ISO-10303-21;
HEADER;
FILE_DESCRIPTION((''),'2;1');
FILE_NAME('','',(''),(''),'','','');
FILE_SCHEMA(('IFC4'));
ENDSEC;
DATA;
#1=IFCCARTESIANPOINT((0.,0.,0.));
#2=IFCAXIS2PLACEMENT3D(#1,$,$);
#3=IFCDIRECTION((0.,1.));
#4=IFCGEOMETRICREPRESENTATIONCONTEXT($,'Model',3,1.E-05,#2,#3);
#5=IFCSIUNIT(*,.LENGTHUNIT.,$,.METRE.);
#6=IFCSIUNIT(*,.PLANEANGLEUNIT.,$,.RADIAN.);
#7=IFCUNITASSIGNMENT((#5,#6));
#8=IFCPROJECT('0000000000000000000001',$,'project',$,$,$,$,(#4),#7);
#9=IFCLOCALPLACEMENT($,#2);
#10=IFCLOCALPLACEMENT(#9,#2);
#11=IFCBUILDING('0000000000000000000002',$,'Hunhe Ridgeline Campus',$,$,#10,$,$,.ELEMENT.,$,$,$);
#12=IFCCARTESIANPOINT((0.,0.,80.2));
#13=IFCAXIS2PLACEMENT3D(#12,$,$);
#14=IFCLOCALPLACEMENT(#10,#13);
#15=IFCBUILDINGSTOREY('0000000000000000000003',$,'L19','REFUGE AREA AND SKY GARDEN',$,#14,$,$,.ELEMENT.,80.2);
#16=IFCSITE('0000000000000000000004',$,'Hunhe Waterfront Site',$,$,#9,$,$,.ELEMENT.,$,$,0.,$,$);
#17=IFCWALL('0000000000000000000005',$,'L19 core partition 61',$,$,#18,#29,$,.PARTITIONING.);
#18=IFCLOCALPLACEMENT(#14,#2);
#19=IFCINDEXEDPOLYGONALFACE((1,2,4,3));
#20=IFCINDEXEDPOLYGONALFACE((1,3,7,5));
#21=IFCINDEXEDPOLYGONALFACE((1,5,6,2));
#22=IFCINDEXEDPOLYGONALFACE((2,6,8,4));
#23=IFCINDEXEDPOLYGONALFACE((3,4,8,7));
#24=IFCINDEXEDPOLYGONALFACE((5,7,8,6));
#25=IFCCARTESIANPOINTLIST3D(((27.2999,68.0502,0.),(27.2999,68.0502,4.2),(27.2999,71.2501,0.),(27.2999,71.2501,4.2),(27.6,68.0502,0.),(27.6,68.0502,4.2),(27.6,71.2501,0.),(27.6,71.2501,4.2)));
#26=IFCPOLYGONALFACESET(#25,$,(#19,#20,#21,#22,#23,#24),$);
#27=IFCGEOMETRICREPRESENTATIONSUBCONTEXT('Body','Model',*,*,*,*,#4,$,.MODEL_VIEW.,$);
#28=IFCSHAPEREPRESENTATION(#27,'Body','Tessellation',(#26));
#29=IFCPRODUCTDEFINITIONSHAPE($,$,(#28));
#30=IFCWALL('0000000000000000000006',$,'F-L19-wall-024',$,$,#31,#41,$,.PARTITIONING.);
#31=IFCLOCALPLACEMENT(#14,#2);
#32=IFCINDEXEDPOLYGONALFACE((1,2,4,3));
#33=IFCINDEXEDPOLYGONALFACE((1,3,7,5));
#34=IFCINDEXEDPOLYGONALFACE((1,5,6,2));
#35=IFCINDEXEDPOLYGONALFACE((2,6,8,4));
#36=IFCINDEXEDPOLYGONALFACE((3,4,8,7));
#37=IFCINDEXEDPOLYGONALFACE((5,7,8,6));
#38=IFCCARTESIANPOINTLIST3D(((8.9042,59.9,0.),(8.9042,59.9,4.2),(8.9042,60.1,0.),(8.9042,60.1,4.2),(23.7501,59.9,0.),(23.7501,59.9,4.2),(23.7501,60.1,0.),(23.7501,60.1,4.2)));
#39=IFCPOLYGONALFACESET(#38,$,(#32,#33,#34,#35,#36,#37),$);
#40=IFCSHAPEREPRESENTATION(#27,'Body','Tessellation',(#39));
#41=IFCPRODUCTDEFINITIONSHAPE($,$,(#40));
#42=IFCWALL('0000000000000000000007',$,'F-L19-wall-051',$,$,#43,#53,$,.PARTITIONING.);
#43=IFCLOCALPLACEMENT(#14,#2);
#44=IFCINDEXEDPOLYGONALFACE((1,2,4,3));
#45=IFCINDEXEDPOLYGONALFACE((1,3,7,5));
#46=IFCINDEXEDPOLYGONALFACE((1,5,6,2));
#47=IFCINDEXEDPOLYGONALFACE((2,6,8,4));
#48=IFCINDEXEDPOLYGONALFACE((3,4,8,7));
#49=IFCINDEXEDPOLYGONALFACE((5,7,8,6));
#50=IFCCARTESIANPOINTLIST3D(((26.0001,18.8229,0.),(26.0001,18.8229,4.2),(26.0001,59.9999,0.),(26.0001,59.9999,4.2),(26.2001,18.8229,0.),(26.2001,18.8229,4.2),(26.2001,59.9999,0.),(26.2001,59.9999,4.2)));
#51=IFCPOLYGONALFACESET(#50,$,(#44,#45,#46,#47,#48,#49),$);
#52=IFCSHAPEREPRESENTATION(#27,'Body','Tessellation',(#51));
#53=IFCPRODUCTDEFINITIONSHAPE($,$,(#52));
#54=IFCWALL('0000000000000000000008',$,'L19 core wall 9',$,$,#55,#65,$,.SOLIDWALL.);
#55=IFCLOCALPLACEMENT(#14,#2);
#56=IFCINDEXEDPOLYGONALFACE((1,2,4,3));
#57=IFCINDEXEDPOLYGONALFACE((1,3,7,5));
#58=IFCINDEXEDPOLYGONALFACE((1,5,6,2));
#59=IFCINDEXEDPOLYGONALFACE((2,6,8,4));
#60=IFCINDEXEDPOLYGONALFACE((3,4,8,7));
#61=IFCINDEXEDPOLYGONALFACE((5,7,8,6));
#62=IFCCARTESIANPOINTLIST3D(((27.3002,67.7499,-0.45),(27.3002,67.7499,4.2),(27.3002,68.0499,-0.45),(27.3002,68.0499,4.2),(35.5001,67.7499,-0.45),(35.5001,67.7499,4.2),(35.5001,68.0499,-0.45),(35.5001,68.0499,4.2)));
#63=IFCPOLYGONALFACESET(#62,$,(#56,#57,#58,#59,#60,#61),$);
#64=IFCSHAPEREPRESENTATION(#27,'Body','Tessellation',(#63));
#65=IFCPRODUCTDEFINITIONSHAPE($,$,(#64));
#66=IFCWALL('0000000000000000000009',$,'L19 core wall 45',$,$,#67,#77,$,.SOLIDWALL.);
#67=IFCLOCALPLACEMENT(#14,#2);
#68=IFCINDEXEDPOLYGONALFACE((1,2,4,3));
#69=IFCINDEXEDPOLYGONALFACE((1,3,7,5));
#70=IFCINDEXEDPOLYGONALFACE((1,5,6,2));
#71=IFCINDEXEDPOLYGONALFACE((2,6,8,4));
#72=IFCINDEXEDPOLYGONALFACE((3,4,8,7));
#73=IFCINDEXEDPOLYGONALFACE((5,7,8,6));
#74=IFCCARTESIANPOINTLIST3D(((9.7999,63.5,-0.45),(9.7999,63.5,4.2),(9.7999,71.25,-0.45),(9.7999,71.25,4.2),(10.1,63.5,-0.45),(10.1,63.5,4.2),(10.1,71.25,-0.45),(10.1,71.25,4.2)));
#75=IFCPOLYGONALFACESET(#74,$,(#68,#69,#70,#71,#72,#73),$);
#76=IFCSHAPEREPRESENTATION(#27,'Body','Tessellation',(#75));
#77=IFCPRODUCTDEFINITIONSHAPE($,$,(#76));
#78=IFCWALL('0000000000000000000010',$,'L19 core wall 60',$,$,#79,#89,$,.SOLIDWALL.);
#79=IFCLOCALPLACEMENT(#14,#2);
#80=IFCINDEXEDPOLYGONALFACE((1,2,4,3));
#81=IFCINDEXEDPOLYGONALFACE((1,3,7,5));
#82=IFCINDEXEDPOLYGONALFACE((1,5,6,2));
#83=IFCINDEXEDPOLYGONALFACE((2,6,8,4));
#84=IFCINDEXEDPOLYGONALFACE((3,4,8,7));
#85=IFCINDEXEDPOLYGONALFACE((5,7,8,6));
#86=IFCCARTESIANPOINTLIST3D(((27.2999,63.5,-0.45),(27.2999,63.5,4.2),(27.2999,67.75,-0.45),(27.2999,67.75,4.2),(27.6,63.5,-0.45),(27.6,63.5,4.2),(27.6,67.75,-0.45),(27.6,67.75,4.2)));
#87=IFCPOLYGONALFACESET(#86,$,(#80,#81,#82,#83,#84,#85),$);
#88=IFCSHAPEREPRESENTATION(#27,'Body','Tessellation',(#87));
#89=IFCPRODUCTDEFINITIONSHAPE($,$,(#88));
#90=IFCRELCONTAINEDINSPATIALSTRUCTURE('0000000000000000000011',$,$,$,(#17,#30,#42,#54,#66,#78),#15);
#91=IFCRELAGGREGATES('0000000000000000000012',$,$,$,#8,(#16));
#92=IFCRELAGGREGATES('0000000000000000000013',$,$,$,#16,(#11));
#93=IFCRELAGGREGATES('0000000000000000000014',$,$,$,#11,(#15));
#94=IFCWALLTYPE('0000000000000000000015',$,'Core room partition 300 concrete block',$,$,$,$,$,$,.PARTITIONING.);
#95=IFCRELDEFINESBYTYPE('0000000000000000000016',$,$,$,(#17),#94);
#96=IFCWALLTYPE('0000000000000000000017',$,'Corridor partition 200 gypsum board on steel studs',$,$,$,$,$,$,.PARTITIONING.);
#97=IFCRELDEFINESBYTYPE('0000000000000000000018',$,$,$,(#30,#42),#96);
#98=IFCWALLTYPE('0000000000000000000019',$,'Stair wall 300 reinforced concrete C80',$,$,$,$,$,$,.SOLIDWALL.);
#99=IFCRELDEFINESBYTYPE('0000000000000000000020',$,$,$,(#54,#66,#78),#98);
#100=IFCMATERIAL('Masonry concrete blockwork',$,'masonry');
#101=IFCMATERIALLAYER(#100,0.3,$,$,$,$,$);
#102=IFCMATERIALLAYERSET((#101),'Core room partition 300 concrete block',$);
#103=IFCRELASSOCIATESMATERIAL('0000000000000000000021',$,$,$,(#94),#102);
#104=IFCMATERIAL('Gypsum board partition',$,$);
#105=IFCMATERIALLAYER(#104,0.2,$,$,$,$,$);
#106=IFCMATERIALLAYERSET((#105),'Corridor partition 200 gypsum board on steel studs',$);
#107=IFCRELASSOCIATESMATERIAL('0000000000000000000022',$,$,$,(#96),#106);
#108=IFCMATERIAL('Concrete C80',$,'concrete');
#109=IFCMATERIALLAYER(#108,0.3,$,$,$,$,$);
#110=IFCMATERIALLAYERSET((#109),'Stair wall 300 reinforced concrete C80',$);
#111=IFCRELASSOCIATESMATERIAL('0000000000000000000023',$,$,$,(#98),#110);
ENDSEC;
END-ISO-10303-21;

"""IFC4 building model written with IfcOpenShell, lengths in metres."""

from ifc_helpers import new_model, si_unit, direction, frame, frame_2d, origin, place, context, subcontext, project, spatial, rectangle, extrude, material, layer, layer_set, type_object, element, save


model = new_model("IFC4")

# Units and contexts
model_context = context("Model", 3, precision=1e-05, world=origin(), true_north=direction((0.0, 1.0)))
body_context = subcontext(model_context, "Body", "Model", "MODEL_VIEW")
ifc_project = project(units=[si_unit("LENGTHUNIT", "METRE"), si_unit("PLANEANGLEUNIT", "RADIAN")], contexts=[model_context])

# Site, building, storey
site_placement = place(None, origin())
site = spatial("IfcSite", under=ifc_project, at=site_placement, Name="Hunhe Waterfront Site", CompositionType="ELEMENT", RefElevation=0.0)
building_placement = place(site_placement, origin())
building = spatial("IfcBuilding", under=site, at=building_placement, Name="Hunhe Ridgeline Campus", CompositionType="ELEMENT")
storey_placement = place(building_placement, frame((0.0, 0.0, 80.2)))
storey = spatial("IfcBuildingStorey", under=building, at=storey_placement, Name="L19", Description="REFUGE AREA AND SKY GARDEN", CompositionType="ELEMENT", Elevation=80.2)

# Shared definitions
ifc_material_1 = material(Name="Concrete C80", Category="concrete")

# Shared definitions
ifc_material_2 = material(Name="Masonry concrete blockwork", Category="masonry")
ifc_layer_1 = layer(ifc_material_2, 0.3)
ifc_layer_set_1 = layer_set([ifc_layer_1], Name="Core room partition 300 concrete block")
wall_type_1 = type_object("IfcWallType", Name="Core room partition 300 concrete block", PredefinedType="PARTITIONING", material=ifc_layer_set_1)

# Walls
wall_1_placement = place(storey_placement, frame((27.45, 68.05, 0.0), z_axis=(0.0, 0.0, 1.0), x_axis=(0.0, 1.0, 0.0)))
element("IfcWall", 1, at=wall_1_placement, inside=storey, type_object=wall_type_1, Name="L19 core partition 61", PredefinedType="PARTITIONING", context=body_context, shape_type="SweptSolid", body=[
    extrude(rectangle(XDim=3.2, YDim=0.3, at=frame_2d((1.6001, 0.0))), origin(), (0.0, 0.0, 1.0), 4.2),
])
ifc_material_3 = material(Name="Gypsum board partition")
ifc_layer_2 = layer(ifc_material_3, 0.2)
ifc_layer_set_2 = layer_set([ifc_layer_2], Name="Corridor partition 200 gypsum board on steel studs")
wall_type_2 = type_object("IfcWallType", Name="Corridor partition 200 gypsum board on steel studs", PredefinedType="PARTITIONING", material=ifc_layer_set_2)
wall_2_placement = place(storey_placement, frame((23.75, 60.0, 0.0), z_axis=(0.0, 0.0, 1.0), x_axis=(-1.0, 0.0, 0.0)))
element("IfcWall", 2, at=wall_2_placement, inside=storey, type_object=wall_type_2, Name="F-L19-wall-024", PredefinedType="PARTITIONING", context=body_context, shape_type="SweptSolid", body=[
    extrude(rectangle(XDim=14.8459, YDim=0.2, at=frame_2d((7.4229, 0.0))), origin(), (0.0, 0.0, 1.0), 4.2),
])
wall_3_placement = place(storey_placement, frame((26.1001, 59.9998, 0.0), z_axis=(0.0, 0.0, 1.0), x_axis=(0.0, -1.0, 0.0)))
element("IfcWall", 3, at=wall_3_placement, inside=storey, type_object=wall_type_2, Name="F-L19-wall-051", PredefinedType="PARTITIONING", context=body_context, shape_type="SweptSolid", body=[
    extrude(rectangle(XDim=41.177, YDim=0.2, at=frame_2d((20.5884, 0.0))), origin(), (0.0, 0.0, 1.0), 4.2),
])
ifc_layer_3 = layer(ifc_material_1, 0.3)
ifc_layer_set_3 = layer_set([ifc_layer_3], Name="Stair wall 300 reinforced concrete C80")
wall_type_3 = type_object("IfcWallType", Name="Stair wall 300 reinforced concrete C80", PredefinedType="SOLIDWALL", material=ifc_layer_set_3)
wall_4_placement = place(storey_placement, frame((27.3, 67.8999, -0.45), z_axis=(0.0, 0.0, 1.0), x_axis=(1.0, 0.0, 0.0)))
element("IfcWall", 4, at=wall_4_placement, inside=storey, type_object=wall_type_3, Name="L19 core wall 9", PredefinedType="SOLIDWALL", context=body_context, shape_type="SweptSolid", body=[
    extrude(rectangle(XDim=8.2, YDim=0.3, at=frame_2d((4.1001, 0.0))), origin(), (0.0, 0.0, 1.0), 4.6499),
])
wall_5_placement = place(storey_placement, frame((9.95, 63.5, -0.45), z_axis=(0.0, 0.0, 1.0), x_axis=(0.0, 1.0, 0.0)))
element("IfcWall", 5, at=wall_5_placement, inside=storey, type_object=wall_type_3, Name="L19 core wall 45", PredefinedType="SOLIDWALL", context=body_context, shape_type="SweptSolid", body=[
    extrude(rectangle(XDim=7.75, YDim=0.3, at=frame_2d((3.875, 0.0))), origin(), (0.0, 0.0, 1.0), 4.6499),
])
wall_6_placement = place(storey_placement, frame((27.45, 63.5, -0.45), z_axis=(0.0, 0.0, 1.0), x_axis=(0.0, 1.0, 0.0)))
element("IfcWall", 6, at=wall_6_placement, inside=storey, type_object=wall_type_3, Name="L19 core wall 60", PredefinedType="SOLIDWALL", context=body_context, shape_type="SweptSolid", body=[
    extrude(rectangle(XDim=4.25, YDim=0.3, at=frame_2d((2.125, 0.0))), origin(), (0.0, 0.0, 1.0), 4.6499),
])

save(model, "model.ifc")
